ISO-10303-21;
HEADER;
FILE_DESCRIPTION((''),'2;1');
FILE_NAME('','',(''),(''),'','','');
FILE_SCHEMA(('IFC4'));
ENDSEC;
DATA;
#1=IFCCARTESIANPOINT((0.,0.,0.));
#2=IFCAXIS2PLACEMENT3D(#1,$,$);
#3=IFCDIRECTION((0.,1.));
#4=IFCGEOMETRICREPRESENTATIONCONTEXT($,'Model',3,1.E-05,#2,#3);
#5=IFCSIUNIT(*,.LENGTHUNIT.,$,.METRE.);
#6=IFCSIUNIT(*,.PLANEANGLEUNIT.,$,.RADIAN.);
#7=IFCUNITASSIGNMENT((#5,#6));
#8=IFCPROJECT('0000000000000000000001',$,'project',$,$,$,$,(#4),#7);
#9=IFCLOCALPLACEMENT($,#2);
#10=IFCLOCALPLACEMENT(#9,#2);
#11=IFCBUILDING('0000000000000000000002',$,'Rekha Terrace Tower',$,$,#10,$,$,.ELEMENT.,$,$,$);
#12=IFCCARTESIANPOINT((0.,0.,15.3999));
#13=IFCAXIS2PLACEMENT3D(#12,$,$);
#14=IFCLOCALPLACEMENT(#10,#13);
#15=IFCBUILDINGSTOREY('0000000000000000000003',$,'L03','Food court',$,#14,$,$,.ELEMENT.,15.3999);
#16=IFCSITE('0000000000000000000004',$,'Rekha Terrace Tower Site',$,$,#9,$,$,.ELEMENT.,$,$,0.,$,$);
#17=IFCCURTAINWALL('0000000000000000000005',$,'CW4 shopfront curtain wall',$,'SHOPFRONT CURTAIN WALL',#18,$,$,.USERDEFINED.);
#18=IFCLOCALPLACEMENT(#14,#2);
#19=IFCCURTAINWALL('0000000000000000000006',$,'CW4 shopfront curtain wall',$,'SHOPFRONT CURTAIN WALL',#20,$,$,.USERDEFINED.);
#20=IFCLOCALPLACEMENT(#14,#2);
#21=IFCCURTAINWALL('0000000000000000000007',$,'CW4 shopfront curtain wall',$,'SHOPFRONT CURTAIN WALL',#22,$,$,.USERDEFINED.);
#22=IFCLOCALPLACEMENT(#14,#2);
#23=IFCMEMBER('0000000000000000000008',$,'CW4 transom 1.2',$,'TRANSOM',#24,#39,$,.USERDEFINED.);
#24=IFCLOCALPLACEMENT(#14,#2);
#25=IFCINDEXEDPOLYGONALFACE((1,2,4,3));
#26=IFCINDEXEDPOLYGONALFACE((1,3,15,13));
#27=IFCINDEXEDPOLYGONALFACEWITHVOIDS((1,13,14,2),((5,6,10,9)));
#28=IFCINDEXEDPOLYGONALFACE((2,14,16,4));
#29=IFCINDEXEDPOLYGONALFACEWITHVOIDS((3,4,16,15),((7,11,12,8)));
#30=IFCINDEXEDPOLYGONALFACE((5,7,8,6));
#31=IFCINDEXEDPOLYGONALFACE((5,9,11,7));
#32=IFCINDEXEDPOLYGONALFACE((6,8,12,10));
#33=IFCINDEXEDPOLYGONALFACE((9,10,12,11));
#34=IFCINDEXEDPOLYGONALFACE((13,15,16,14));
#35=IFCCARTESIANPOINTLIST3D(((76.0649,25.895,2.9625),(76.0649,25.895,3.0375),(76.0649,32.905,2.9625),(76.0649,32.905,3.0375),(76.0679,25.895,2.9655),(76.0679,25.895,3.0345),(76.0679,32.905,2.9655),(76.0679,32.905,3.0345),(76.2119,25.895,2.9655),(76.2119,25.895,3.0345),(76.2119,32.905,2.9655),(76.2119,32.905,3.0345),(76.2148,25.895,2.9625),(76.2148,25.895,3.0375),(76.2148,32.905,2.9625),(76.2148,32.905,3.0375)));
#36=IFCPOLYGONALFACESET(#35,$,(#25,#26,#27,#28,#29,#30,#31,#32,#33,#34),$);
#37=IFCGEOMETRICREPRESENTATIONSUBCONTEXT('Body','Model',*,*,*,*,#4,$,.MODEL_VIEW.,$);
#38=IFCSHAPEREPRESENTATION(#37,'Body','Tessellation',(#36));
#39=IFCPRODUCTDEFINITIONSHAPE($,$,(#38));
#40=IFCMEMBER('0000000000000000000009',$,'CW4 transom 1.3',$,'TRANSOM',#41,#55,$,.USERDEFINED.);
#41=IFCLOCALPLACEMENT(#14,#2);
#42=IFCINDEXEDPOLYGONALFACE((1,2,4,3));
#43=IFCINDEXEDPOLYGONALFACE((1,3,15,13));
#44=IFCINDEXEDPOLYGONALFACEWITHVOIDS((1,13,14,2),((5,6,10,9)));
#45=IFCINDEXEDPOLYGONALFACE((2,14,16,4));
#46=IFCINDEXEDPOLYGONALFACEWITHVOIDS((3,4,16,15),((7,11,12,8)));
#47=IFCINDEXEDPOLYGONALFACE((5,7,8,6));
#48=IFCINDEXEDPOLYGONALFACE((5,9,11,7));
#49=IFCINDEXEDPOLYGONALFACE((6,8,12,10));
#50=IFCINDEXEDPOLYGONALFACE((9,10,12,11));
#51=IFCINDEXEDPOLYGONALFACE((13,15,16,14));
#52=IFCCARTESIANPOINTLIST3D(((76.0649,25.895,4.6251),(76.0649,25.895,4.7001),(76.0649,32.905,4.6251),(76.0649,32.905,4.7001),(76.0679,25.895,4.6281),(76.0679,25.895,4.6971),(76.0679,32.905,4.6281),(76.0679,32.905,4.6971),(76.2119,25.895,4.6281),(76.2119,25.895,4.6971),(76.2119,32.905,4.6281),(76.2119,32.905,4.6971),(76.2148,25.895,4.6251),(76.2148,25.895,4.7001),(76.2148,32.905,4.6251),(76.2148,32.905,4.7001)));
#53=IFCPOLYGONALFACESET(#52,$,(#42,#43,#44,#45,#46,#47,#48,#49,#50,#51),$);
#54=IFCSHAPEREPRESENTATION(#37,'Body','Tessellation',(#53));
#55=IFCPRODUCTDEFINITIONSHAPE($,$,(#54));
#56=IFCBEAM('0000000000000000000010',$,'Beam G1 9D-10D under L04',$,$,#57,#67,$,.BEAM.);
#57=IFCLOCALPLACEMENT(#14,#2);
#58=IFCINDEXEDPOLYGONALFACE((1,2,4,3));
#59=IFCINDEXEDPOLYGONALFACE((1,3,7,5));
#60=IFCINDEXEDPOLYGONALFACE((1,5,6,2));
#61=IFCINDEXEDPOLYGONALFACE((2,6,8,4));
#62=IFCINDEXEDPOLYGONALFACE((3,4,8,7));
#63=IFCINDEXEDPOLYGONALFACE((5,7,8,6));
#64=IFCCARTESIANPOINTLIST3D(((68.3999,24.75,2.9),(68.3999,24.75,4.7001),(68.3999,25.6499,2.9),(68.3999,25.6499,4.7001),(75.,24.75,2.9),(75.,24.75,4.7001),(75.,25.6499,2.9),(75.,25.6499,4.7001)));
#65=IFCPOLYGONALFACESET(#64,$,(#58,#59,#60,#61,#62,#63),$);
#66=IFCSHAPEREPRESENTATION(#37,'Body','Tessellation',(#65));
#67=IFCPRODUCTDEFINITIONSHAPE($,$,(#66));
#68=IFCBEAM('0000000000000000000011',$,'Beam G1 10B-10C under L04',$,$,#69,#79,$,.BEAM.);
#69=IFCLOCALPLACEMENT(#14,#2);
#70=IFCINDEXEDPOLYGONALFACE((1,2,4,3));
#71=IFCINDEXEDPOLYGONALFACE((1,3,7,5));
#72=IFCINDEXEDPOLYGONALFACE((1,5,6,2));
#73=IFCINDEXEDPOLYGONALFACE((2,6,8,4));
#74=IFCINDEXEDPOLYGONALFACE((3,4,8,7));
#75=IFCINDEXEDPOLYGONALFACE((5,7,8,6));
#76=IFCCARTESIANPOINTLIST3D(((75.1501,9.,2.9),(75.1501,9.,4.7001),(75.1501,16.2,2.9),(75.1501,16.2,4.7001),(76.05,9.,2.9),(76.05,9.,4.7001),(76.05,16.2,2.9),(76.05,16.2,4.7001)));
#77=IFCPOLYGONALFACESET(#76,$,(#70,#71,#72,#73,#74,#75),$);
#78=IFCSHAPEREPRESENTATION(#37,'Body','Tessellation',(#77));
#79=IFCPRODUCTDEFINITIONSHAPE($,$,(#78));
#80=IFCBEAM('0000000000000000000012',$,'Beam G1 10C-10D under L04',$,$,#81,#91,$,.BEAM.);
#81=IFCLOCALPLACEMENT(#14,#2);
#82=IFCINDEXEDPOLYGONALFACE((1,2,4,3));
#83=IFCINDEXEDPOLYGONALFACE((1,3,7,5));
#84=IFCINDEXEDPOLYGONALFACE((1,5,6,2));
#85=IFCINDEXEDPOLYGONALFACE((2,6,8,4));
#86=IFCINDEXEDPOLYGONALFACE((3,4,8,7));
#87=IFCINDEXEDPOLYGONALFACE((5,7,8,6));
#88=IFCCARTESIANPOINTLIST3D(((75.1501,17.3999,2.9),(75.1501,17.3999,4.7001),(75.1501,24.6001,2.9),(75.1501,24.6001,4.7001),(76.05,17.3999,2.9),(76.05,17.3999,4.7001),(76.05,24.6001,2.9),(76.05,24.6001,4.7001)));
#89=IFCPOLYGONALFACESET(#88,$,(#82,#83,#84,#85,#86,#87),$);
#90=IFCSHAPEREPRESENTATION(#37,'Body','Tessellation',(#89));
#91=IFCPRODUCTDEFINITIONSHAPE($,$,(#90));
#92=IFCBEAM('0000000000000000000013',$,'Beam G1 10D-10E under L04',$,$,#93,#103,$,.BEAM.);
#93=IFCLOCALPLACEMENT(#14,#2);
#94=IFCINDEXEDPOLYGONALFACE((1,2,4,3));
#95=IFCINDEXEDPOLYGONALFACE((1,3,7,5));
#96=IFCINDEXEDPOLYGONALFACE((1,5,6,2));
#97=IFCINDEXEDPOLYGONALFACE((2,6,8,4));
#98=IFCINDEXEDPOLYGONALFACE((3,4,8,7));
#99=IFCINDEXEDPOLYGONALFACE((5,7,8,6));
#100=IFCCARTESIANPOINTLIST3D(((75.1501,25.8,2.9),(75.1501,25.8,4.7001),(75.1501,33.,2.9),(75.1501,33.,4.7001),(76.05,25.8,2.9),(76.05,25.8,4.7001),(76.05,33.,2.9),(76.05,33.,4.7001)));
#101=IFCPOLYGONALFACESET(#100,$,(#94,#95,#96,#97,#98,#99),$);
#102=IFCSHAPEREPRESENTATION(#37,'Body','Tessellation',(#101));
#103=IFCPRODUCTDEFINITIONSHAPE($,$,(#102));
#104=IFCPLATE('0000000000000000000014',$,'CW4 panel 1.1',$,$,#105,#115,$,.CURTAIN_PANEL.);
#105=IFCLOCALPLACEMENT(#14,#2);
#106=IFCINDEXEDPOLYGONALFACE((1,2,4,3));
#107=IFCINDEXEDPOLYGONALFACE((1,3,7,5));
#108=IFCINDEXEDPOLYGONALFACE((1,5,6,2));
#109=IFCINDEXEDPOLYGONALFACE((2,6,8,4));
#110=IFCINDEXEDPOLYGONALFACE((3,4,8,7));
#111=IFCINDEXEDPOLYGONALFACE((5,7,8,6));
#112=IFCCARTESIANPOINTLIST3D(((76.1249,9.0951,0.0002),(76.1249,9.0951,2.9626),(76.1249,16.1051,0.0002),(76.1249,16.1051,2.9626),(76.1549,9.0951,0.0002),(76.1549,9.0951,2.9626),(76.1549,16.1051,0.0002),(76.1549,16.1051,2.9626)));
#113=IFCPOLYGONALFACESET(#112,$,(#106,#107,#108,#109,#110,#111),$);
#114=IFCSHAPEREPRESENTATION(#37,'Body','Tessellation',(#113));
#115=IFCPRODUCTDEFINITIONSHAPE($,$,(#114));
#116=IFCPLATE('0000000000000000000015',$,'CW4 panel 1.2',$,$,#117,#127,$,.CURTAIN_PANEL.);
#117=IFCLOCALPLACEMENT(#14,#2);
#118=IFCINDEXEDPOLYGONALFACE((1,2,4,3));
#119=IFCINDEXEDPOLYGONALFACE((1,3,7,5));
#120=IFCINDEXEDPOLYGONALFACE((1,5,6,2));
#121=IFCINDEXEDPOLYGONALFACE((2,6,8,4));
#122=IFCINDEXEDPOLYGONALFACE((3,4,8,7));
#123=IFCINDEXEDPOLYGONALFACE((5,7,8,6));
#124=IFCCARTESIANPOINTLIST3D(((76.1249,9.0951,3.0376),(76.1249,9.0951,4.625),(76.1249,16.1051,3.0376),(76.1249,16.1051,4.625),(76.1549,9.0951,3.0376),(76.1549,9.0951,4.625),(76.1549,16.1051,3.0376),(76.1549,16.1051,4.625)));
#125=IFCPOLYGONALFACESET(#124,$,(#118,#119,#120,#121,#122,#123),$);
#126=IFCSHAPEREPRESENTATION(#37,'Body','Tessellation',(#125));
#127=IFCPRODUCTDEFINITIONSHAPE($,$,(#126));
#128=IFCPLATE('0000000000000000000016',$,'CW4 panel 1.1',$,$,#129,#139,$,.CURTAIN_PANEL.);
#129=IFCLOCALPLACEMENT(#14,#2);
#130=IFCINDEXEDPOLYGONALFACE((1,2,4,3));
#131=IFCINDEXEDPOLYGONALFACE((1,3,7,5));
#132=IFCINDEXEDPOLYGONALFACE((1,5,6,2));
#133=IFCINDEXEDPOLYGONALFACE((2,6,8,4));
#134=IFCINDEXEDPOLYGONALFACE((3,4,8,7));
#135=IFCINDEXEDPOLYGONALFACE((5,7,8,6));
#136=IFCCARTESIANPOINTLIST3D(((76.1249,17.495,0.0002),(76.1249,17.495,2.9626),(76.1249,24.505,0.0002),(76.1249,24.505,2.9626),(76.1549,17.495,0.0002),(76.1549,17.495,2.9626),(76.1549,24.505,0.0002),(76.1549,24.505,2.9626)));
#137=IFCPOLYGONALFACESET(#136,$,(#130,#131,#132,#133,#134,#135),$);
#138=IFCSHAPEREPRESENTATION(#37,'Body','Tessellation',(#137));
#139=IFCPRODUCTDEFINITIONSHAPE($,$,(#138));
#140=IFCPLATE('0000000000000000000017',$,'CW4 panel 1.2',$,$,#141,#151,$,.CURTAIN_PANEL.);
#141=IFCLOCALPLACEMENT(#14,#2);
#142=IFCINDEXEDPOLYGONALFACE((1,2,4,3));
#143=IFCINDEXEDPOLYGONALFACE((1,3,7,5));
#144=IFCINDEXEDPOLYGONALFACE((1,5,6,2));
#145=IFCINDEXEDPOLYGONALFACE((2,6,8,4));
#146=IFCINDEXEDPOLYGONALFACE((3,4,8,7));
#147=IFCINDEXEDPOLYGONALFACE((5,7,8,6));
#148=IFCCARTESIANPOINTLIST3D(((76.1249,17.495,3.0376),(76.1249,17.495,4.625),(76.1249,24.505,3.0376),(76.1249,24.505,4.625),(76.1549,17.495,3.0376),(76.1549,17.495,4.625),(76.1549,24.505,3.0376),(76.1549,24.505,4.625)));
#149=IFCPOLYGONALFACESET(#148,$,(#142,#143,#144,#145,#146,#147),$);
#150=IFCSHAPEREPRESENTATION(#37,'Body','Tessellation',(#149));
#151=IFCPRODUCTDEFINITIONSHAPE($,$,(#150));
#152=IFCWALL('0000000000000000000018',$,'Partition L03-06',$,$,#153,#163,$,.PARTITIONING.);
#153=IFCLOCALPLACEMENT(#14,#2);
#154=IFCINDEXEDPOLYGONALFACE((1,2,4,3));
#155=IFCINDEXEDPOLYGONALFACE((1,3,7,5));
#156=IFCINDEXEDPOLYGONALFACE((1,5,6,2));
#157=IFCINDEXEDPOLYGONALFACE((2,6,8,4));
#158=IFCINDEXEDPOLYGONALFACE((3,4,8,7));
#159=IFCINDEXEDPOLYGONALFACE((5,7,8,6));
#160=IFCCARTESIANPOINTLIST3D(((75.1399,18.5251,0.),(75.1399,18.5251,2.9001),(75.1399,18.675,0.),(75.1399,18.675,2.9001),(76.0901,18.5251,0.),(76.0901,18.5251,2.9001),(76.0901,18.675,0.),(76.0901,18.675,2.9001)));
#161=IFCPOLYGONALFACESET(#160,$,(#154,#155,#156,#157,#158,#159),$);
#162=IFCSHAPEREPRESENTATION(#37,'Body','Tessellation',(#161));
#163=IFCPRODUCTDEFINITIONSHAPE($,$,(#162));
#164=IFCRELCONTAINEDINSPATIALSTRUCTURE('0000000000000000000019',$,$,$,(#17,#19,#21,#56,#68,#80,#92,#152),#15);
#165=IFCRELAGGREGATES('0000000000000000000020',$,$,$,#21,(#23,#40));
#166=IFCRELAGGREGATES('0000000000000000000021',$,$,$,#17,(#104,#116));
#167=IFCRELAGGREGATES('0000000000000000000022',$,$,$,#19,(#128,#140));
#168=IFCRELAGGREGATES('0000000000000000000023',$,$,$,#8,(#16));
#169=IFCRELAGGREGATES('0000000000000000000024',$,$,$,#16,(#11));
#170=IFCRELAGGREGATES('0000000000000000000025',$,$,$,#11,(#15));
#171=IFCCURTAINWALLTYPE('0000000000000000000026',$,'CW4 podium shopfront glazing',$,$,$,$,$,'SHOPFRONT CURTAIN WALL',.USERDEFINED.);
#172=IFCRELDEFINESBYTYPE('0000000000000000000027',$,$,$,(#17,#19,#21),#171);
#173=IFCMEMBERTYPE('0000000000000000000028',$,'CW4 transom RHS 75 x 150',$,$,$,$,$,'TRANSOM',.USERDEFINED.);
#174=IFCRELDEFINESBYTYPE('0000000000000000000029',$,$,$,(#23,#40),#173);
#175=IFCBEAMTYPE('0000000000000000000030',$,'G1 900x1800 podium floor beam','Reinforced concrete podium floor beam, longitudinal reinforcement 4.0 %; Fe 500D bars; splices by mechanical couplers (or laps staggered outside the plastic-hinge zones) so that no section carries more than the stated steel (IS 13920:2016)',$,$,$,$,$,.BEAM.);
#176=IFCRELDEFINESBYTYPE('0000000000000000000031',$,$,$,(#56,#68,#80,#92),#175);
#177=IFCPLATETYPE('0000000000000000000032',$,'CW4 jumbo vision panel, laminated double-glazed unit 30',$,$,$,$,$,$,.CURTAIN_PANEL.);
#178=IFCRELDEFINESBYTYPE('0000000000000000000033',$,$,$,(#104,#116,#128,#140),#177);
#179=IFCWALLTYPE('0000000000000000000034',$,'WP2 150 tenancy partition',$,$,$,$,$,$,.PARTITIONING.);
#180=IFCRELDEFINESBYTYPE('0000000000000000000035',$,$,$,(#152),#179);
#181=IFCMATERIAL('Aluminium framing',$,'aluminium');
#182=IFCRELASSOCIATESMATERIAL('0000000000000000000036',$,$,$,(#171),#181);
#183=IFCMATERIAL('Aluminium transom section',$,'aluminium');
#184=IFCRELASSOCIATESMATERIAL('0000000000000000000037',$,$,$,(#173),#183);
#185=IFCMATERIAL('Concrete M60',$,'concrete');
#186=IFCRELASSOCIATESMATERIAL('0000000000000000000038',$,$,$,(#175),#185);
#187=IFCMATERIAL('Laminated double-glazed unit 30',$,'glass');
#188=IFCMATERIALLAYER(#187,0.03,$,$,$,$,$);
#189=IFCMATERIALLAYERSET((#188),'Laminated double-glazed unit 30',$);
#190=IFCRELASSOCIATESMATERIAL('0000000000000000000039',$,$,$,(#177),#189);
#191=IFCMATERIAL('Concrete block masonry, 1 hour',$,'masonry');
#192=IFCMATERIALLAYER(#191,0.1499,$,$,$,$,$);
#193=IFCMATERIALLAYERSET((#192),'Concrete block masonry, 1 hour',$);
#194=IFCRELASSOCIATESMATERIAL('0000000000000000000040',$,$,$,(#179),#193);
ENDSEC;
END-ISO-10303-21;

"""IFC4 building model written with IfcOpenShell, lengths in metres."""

from ifc_helpers import new_model, si_unit, direction, frame, frame_2d, origin, origin_2d, place, context, subcontext, project, spatial, rectangle, hollow_rectangle, extrude, material, layer, layer_set, material_profile, profile_set, type_object, element, aggregate, save


model = new_model("IFC4")

# Units and contexts
model_context = context("Model", 3, precision=1e-05, world=origin(), true_north=direction((0.0, 1.0)))
body_context = subcontext(model_context, "Body", "Model", "MODEL_VIEW")
ifc_project = project(units=[si_unit("LENGTHUNIT", "METRE"), si_unit("PLANEANGLEUNIT", "RADIAN")], contexts=[model_context])

# Site, building, storey
site_placement = place(None, origin())
site = spatial("IfcSite", under=ifc_project, at=site_placement, Name="Rekha Terrace Tower Site", CompositionType="ELEMENT", RefElevation=0.0)
building_placement = place(site_placement, origin())
building = spatial("IfcBuilding", under=site, at=building_placement, Name="Rekha Terrace Tower", CompositionType="ELEMENT")
storey_placement = place(building_placement, frame((0.0, 0.0, 15.3999)))
storey = spatial("IfcBuildingStorey", under=building, at=storey_placement, Name="L03", Description="Food court", CompositionType="ELEMENT", Elevation=15.3999)

# Shared definitions
ifc_material_1 = material(Name="Concrete M60", Category="concrete")

# Curtain walls
ifc_material_2 = material(Name="Aluminium framing", Category="aluminium")
curtain_wall_type = type_object("IfcCurtainWallType", Name="CW4 podium shopfront glazing", ElementType="SHOPFRONT CURTAIN WALL", PredefinedType="USERDEFINED", material=ifc_material_2)
curtain_wall_1_placement = place(storey_placement, origin())
curtain_wall_1 = element("IfcCurtainWall", 1, at=curtain_wall_1_placement, inside=storey, type_object=curtain_wall_type, Name="CW4 shopfront curtain wall", ObjectType="SHOPFRONT CURTAIN WALL", PredefinedType="USERDEFINED")
curtain_wall_2_placement = place(storey_placement, origin())
curtain_wall_2 = element("IfcCurtainWall", 2, at=curtain_wall_2_placement, inside=storey, type_object=curtain_wall_type, Name="CW4 shopfront curtain wall", ObjectType="SHOPFRONT CURTAIN WALL", PredefinedType="USERDEFINED")

# Curtain wall
curtain_wall_3_placement = place(storey_placement, origin())
curtain_wall_3 = element("IfcCurtainWall", 3, at=curtain_wall_3_placement, inside=storey, type_object=curtain_wall_type, Name="CW4 shopfront curtain wall", ObjectType="SHOPFRONT CURTAIN WALL", PredefinedType="USERDEFINED")

# Members
ifc_material_3 = material(Name="Aluminium transom section", Category="aluminium")
ifc_material_profile_1 = material_profile(ifc_material_3, hollow_rectangle(XDim=0.1499, YDim=0.075, WallThickness=0.0029, at=origin_2d()), Name="AL RHS 150x75")
ifc_profile_set_1 = profile_set([ifc_material_profile_1], Name="Aluminium transom section")
member_type_1 = type_object("IfcMemberType", Name="CW4 transom RHS 75 x 150", ElementType="TRANSOM", PredefinedType="USERDEFINED", material=ifc_profile_set_1)
member_1_placement = place(storey_placement, frame((76.1399, 25.895, 3.0), z_axis=(0.0, 1.0, 0.0), x_axis=(-1.0, 0.0, 0.0)))
member_1 = element("IfcMember", 4, at=member_1_placement, type_object=member_type_1, Name="CW4 transom 1.2", ObjectType="TRANSOM", PredefinedType="USERDEFINED", context=body_context, shape_type="SweptSolid", body=[
    extrude(hollow_rectangle(XDim=0.1499, YDim=0.075, WallThickness=0.0029, at=origin_2d()), origin(), (0.0, 0.0, 1.0), 7.01),
])
member_2_placement = place(storey_placement, frame((76.1399, 25.895, 4.6626), z_axis=(0.0, 1.0, 0.0), x_axis=(-1.0, 0.0, 0.0)))
member_2 = element("IfcMember", 5, at=member_2_placement, type_object=member_type_1, Name="CW4 transom 1.3", ObjectType="TRANSOM", PredefinedType="USERDEFINED", context=body_context, shape_type="SweptSolid", body=[
    extrude(hollow_rectangle(XDim=0.1499, YDim=0.075, WallThickness=0.0029, at=origin_2d()), origin(), (0.0, 0.0, 1.0), 7.01),
])
aggregate(curtain_wall_3, [member_1, member_2])

# Beams
ifc_material_profile_2 = material_profile(ifc_material_1, rectangle(XDim=0.8999, YDim=1.8, at=origin_2d()), Name="RC 900x1800")
ifc_profile_set_2 = profile_set([ifc_material_profile_2], Name="Concrete M60")
beam_type = type_object("IfcBeamType", Name="G1 900x1800 podium floor beam", Description="Reinforced concrete podium floor beam, longitudinal reinforcement 4.0 %; Fe 500D bars; splices by mechanical couplers (or laps staggered outside the plastic-hinge zones) so that no section carries more than the stated steel (IS 13920:2016)", PredefinedType="BEAM", material=ifc_profile_set_2)
beam_1_placement = place(storey_placement, frame((68.3999, 25.2, 3.8), z_axis=(1.0, 0.0, 0.0), x_axis=(0.0, 1.0, 0.0)))
element("IfcBeam", 6, at=beam_1_placement, inside=storey, type_object=beam_type, Name="Beam G1 9D-10D under L04", PredefinedType="BEAM", context=body_context, shape_type="SweptSolid", body=[
    extrude(rectangle(XDim=0.8999, YDim=1.8, at=origin_2d()), origin(), (0.0, 0.0, 1.0), 6.6001),
])
beam_2_placement = place(storey_placement, frame((75.6001, 9.0, 3.8), z_axis=(0.0, 1.0, 0.0), x_axis=(-1.0, 0.0, 0.0)))
element("IfcBeam", 7, at=beam_2_placement, inside=storey, type_object=beam_type, Name="Beam G1 10B-10C under L04", PredefinedType="BEAM", context=body_context, shape_type="SweptSolid", body=[
    extrude(rectangle(XDim=0.8999, YDim=1.8, at=origin_2d()), origin(), (0.0, 0.0, 1.0), 7.2),
])
beam_3_placement = place(storey_placement, frame((75.6001, 17.3999, 3.8), z_axis=(0.0, 1.0, 0.0), x_axis=(-1.0, 0.0, 0.0)))
element("IfcBeam", 8, at=beam_3_placement, inside=storey, type_object=beam_type, Name="Beam G1 10C-10D under L04", PredefinedType="BEAM", context=body_context, shape_type="SweptSolid", body=[
    extrude(rectangle(XDim=0.8999, YDim=1.8, at=origin_2d()), origin(), (0.0, 0.0, 1.0), 7.2002),
])
beam_4_placement = place(storey_placement, frame((75.6001, 25.8, 3.8), z_axis=(0.0, 1.0, 0.0), x_axis=(-1.0, 0.0, 0.0)))
element("IfcBeam", 9, at=beam_4_placement, inside=storey, type_object=beam_type, Name="Beam G1 10D-10E under L04", PredefinedType="BEAM", context=body_context, shape_type="SweptSolid", body=[
    extrude(rectangle(XDim=0.8999, YDim=1.8, at=origin_2d()), origin(), (0.0, 0.0, 1.0), 7.2),
])

# Plates
ifc_material_4 = material(Name="Laminated double-glazed unit 30", Category="glass")
ifc_layer_1 = layer(ifc_material_4, 0.03)
ifc_layer_set_1 = layer_set([ifc_layer_1], Name="Laminated double-glazed unit 30")
plate_type = type_object("IfcPlateType", Name="CW4 jumbo vision panel, laminated double-glazed unit 30", PredefinedType="CURTAIN_PANEL", material=ifc_layer_set_1)
plate_1_placement = place(storey_placement, frame((76.1399, 12.6001, 0.0002), z_axis=(0.0, 0.0, 1.0), x_axis=(0.0, 1.0, 0.0)))
plate_1 = element("IfcPlate", 10, at=plate_1_placement, type_object=plate_type, Name="CW4 panel 1.1", PredefinedType="CURTAIN_PANEL", context=body_context, shape_type="SweptSolid", body=[
    extrude(rectangle(XDim=7.01, YDim=0.03, at=origin_2d()), origin(), (0.0, 0.0, 1.0), 2.9624),
])
plate_2_placement = place(storey_placement, frame((76.1399, 12.6001, 3.0376), z_axis=(0.0, 0.0, 1.0), x_axis=(0.0, 1.0, 0.0)))
plate_2 = element("IfcPlate", 11, at=plate_2_placement, type_object=plate_type, Name="CW4 panel 1.2", PredefinedType="CURTAIN_PANEL", context=body_context, shape_type="SweptSolid", body=[
    extrude(rectangle(XDim=7.01, YDim=0.03, at=origin_2d()), origin(), (0.0, 0.0, 1.0), 1.5874),
])
aggregate(curtain_wall_1, [plate_1, plate_2])
plate_3_placement = place(storey_placement, frame((76.1399, 21.0, 0.0002), z_axis=(0.0, 0.0, 1.0), x_axis=(0.0, 1.0, 0.0)))
plate_3 = element("IfcPlate", 12, at=plate_3_placement, type_object=plate_type, Name="CW4 panel 1.1", PredefinedType="CURTAIN_PANEL", context=body_context, shape_type="SweptSolid", body=[
    extrude(rectangle(XDim=7.01, YDim=0.03, at=origin_2d()), origin(), (0.0, 0.0, 1.0), 2.9624),
])
plate_4_placement = place(storey_placement, frame((76.1399, 21.0, 3.0376), z_axis=(0.0, 0.0, 1.0), x_axis=(0.0, 1.0, 0.0)))
plate_4 = element("IfcPlate", 13, at=plate_4_placement, type_object=plate_type, Name="CW4 panel 1.2", PredefinedType="CURTAIN_PANEL", context=body_context, shape_type="SweptSolid", body=[
    extrude(rectangle(XDim=7.01, YDim=0.03, at=origin_2d()), origin(), (0.0, 0.0, 1.0), 1.5874),
])
aggregate(curtain_wall_2, [plate_3, plate_4])

# Wall
ifc_material_5 = material(Name="Concrete block masonry, 1 hour", Category="masonry")
ifc_layer_2 = layer(ifc_material_5, 0.1499)
ifc_layer_set_2 = layer_set([ifc_layer_2], Name="Concrete block masonry, 1 hour")
wall_type = type_object("IfcWallType", Name="WP2 150 tenancy partition", PredefinedType="PARTITIONING", material=ifc_layer_set_2)
wall_placement = place(storey_placement, frame((75.1399, 18.6001, 0.0), z_axis=(0.0, 0.0, 1.0), x_axis=(1.0, 0.0, 0.0)))
element("IfcWall", 14, at=wall_placement, inside=storey, type_object=wall_type, Name="Partition L03-06", PredefinedType="PARTITIONING", context=body_context, shape_type="SweptSolid", body=[
    extrude(rectangle(XDim=0.9502, YDim=0.1499, at=frame_2d((0.4751, 0.0))), origin(), (0.0, 0.0, 1.0), 2.9001),
])

save(model, "model.ifc")
